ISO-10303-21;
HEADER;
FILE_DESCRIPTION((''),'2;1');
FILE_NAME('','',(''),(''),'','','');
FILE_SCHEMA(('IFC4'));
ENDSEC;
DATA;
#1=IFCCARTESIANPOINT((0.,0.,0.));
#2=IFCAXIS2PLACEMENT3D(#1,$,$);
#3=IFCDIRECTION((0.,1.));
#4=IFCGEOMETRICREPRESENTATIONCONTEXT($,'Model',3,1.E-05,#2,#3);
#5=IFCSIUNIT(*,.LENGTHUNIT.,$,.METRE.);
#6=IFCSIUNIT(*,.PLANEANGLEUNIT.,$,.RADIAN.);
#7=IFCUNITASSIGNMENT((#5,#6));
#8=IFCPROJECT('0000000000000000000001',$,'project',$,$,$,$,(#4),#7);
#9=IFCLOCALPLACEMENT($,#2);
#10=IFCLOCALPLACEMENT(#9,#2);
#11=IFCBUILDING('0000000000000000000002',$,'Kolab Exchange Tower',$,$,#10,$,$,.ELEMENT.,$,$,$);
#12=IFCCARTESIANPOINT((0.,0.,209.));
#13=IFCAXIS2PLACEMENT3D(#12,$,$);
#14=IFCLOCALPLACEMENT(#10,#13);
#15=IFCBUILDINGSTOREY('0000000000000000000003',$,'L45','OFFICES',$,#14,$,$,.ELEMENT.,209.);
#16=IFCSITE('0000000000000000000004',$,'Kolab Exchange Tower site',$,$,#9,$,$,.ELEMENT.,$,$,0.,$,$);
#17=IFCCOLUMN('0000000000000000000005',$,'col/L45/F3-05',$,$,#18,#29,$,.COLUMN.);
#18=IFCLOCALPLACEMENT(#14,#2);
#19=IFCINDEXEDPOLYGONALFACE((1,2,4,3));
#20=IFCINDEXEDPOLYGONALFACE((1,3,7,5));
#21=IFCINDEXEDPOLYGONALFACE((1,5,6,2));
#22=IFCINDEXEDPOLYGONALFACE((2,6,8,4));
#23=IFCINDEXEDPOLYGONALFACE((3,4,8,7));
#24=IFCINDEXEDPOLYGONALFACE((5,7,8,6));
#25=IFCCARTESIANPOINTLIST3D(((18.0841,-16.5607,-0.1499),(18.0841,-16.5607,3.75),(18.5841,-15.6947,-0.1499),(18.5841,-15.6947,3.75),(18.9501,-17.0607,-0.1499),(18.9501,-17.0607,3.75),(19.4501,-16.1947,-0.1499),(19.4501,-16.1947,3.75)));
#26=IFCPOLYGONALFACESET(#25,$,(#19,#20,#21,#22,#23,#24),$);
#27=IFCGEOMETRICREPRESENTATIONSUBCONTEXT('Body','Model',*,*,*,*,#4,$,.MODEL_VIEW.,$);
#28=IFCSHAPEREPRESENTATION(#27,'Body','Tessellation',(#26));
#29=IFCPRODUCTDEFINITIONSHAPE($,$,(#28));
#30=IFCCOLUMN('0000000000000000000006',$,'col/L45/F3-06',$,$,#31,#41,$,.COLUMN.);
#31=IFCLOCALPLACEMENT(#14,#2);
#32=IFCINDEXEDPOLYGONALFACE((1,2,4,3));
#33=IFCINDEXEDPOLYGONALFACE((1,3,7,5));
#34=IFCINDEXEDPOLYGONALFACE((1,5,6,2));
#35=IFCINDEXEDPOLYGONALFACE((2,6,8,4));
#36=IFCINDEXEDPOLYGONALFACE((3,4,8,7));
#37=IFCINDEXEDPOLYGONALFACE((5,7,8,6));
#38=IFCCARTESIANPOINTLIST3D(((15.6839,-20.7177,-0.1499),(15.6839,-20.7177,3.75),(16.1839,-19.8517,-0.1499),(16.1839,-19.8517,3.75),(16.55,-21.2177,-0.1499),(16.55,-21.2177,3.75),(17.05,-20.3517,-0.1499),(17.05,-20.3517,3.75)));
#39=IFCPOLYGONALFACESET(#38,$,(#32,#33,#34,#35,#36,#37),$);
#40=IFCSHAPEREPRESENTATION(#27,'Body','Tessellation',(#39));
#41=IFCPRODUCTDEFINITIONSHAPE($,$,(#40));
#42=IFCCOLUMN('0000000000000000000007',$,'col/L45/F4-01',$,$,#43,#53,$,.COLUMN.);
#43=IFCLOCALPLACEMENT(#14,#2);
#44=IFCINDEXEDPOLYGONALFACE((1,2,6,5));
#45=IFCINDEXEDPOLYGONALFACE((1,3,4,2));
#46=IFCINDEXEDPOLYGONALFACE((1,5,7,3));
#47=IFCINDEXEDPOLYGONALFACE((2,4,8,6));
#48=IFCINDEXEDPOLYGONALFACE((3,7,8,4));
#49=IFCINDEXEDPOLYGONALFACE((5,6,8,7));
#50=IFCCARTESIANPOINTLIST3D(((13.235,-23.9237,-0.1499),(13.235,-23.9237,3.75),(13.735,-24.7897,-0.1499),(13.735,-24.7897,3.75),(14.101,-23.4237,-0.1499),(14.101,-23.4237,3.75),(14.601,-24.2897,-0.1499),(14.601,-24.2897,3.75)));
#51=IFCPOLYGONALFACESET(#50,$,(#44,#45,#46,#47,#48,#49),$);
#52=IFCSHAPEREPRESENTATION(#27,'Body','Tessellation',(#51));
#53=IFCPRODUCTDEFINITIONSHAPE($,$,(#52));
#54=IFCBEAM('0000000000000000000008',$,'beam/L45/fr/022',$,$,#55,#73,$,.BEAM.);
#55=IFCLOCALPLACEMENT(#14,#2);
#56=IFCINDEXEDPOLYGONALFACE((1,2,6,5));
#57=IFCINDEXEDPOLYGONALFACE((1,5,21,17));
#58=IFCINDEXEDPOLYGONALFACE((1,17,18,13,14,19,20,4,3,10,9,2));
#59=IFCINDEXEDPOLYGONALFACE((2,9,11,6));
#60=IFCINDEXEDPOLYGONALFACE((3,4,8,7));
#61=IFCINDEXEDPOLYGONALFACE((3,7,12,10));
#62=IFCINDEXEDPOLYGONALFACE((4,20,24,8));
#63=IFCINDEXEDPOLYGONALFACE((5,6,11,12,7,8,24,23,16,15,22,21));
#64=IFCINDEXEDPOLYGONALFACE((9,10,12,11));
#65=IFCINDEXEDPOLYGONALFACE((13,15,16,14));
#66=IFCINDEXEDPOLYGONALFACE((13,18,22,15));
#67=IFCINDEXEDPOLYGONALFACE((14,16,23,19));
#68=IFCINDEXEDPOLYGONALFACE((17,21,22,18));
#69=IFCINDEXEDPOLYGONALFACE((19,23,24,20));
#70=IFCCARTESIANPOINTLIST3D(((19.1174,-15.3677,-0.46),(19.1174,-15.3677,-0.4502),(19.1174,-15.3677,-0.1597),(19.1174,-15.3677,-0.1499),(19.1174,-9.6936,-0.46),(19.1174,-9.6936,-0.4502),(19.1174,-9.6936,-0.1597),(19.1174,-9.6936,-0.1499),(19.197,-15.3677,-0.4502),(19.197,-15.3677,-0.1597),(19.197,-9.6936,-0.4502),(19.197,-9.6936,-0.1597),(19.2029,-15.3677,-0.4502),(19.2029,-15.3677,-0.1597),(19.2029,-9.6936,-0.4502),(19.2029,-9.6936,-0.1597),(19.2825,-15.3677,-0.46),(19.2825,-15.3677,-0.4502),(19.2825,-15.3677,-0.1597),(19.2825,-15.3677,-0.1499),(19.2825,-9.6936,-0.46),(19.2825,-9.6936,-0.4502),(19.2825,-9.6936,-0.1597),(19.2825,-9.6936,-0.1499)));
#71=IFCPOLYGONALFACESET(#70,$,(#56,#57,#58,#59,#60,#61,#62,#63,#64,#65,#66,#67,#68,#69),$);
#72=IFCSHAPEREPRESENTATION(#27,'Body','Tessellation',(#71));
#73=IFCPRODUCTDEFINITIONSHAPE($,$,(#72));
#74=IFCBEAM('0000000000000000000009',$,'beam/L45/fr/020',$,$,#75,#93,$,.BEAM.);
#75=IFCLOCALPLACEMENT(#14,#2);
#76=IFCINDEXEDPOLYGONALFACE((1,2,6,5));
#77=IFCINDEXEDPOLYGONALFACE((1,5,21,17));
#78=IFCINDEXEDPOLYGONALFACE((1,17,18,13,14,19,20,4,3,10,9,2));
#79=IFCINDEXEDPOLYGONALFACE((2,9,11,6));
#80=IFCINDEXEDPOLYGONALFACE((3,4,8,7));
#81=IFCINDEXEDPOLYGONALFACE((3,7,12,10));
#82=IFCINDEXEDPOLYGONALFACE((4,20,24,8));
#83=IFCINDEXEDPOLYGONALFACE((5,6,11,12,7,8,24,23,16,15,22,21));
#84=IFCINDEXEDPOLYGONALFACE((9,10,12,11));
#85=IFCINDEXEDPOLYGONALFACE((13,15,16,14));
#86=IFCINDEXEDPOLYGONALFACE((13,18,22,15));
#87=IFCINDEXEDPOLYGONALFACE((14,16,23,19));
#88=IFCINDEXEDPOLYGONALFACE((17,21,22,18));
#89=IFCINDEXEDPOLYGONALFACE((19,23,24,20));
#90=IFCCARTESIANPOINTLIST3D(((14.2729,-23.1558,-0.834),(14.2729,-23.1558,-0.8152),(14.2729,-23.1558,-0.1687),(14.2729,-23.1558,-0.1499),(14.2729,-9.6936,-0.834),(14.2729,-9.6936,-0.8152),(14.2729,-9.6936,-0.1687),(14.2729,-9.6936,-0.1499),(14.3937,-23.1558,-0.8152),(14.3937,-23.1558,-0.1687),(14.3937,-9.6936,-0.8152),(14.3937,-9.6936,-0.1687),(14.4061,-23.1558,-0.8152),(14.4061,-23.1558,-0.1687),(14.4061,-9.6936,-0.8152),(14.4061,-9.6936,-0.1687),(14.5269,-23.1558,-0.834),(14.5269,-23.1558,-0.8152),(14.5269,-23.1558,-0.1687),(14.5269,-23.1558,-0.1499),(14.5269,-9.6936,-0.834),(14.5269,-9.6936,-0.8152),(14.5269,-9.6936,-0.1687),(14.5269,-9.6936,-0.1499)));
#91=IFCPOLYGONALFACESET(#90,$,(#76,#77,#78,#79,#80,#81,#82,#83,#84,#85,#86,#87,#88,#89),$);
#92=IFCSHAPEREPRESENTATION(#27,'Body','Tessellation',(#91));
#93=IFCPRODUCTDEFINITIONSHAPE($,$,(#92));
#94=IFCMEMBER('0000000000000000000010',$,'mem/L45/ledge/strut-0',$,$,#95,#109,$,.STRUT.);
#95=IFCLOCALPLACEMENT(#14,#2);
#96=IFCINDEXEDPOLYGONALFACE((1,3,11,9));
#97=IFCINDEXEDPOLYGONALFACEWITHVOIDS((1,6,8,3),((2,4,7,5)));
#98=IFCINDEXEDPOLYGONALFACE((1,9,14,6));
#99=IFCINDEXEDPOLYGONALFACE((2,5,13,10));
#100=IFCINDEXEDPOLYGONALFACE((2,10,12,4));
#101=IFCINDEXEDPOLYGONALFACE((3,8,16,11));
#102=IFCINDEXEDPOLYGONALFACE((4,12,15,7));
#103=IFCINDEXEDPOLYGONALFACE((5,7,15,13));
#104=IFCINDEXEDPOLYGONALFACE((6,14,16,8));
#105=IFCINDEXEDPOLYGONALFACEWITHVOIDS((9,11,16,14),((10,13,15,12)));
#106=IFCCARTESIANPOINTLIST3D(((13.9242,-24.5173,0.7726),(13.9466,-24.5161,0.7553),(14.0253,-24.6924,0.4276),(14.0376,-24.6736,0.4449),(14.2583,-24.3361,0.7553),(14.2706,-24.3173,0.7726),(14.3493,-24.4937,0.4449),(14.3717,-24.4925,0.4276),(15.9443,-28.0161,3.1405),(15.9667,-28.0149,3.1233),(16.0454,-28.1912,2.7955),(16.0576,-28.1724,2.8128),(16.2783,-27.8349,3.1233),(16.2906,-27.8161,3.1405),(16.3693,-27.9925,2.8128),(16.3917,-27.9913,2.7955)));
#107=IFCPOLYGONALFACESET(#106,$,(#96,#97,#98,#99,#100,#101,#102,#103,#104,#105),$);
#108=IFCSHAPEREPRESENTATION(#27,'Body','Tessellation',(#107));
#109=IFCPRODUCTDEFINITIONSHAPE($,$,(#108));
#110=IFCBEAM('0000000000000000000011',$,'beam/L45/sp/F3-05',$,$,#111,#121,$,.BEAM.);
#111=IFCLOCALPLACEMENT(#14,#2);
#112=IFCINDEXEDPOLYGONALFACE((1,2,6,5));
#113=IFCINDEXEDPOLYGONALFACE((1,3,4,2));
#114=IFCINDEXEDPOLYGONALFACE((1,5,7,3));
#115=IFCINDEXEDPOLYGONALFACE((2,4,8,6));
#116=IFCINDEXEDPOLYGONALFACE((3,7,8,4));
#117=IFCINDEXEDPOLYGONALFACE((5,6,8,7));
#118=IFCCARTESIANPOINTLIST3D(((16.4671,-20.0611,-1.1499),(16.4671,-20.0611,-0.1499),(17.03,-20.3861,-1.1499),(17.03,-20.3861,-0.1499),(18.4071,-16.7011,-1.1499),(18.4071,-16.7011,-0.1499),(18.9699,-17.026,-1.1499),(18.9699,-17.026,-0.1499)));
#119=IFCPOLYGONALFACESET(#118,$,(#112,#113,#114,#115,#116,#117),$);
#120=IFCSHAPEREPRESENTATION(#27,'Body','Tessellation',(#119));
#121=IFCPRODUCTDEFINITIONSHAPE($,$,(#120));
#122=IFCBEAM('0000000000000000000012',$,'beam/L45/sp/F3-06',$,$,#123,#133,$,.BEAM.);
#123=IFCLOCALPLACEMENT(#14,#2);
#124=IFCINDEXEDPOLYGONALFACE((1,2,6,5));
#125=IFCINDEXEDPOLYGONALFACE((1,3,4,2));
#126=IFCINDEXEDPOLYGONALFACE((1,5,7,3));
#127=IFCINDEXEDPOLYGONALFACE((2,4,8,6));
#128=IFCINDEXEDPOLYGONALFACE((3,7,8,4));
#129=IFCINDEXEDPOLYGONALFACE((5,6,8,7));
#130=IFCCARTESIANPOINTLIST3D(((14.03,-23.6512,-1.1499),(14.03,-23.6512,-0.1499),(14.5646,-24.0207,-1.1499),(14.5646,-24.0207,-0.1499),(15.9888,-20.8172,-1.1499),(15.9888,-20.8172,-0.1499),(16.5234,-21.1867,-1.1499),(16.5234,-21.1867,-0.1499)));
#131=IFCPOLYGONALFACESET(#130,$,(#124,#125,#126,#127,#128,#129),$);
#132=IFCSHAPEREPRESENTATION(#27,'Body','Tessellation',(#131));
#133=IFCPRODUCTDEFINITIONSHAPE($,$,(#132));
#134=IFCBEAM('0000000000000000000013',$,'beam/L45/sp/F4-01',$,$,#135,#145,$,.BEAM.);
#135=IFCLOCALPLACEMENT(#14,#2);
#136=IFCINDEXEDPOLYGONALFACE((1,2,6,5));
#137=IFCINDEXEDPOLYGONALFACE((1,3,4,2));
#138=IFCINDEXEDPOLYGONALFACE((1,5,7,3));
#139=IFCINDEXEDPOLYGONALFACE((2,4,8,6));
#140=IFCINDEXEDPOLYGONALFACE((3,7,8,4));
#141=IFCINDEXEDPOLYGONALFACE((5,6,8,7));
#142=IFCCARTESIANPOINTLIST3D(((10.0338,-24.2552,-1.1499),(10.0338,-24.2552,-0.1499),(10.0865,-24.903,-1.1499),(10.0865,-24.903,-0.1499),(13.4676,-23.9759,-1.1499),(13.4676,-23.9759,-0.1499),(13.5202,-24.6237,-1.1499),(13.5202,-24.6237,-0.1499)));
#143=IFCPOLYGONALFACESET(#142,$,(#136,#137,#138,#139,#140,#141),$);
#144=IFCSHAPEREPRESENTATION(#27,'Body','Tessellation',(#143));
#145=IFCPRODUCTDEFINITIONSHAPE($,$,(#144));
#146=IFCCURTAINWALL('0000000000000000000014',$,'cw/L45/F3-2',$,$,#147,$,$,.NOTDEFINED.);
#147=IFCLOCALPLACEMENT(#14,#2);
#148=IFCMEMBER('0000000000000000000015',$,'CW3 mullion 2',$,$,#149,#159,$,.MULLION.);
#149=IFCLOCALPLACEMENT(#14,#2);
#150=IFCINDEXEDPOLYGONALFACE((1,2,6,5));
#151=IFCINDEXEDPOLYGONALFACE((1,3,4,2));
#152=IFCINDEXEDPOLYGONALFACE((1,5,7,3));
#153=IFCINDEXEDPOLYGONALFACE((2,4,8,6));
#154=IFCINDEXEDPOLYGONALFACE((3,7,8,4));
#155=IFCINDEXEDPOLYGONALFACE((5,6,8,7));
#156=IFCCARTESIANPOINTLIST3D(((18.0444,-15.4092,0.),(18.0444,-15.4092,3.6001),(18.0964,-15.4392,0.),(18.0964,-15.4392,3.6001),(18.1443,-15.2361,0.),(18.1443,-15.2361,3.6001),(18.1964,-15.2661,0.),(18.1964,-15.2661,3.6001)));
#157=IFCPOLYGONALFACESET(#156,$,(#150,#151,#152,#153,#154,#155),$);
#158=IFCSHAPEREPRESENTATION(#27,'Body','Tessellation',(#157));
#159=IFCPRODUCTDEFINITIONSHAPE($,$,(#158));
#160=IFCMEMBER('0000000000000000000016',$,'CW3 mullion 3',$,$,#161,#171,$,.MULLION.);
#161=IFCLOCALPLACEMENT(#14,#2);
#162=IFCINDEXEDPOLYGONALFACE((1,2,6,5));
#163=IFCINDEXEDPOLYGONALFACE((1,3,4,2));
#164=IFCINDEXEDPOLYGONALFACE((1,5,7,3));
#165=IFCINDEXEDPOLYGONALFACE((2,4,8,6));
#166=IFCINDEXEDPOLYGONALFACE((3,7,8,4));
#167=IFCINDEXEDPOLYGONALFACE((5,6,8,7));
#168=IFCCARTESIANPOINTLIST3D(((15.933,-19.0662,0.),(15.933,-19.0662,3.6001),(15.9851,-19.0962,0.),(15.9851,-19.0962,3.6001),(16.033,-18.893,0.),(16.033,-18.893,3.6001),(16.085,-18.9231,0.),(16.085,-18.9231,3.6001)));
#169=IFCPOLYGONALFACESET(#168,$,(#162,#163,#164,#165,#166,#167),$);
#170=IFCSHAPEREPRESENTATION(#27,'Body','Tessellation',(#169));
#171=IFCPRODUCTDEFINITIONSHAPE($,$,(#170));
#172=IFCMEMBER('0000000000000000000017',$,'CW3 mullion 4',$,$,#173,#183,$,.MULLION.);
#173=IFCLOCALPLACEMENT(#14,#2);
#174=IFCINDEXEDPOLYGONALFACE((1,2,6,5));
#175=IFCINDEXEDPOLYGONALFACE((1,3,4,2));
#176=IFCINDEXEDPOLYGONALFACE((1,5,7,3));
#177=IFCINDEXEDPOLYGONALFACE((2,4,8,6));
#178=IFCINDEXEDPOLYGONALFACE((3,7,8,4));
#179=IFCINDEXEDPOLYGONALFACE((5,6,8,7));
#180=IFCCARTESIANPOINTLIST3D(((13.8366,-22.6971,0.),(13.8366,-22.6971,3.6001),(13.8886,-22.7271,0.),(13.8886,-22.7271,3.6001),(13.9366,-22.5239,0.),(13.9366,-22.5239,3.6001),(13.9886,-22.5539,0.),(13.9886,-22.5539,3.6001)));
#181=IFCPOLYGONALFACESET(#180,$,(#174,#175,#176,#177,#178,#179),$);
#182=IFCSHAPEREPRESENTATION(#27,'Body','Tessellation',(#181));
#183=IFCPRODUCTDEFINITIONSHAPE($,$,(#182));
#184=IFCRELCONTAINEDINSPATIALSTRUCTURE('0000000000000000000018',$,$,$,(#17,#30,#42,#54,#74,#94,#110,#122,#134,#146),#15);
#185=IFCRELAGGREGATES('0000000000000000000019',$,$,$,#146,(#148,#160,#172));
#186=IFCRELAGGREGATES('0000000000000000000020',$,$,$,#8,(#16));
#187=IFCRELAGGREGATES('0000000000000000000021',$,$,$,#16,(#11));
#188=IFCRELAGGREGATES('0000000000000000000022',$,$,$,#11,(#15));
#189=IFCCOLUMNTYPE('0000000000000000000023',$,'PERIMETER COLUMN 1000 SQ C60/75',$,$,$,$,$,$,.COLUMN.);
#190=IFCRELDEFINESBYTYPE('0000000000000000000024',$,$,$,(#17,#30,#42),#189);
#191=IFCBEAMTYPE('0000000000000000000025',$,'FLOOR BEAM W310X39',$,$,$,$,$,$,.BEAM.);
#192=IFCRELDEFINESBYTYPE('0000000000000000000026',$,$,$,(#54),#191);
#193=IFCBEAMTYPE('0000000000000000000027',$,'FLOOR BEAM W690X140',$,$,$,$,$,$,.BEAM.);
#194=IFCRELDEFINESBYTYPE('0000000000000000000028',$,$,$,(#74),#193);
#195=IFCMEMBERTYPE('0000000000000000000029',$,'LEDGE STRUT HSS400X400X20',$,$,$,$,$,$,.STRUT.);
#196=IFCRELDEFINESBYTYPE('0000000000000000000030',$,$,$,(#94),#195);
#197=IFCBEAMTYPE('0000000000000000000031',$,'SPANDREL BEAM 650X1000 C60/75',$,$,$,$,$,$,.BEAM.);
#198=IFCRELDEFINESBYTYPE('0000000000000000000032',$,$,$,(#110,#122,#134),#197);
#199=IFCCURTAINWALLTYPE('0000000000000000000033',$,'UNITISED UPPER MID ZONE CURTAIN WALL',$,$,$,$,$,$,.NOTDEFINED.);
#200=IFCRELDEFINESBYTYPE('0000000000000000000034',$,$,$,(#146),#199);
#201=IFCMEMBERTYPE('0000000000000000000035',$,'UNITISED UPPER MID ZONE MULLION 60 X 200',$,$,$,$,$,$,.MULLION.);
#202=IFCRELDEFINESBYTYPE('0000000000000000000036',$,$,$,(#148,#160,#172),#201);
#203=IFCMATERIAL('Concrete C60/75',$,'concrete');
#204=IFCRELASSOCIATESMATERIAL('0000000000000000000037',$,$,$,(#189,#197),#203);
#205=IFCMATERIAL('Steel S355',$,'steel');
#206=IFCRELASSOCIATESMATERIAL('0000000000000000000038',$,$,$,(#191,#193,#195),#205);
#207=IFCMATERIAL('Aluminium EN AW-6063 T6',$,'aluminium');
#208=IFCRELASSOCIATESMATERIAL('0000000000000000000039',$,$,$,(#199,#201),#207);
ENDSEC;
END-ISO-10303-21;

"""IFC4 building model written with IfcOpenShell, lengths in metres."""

from ifc_helpers import new_model, si_unit, direction, frame, origin, origin_2d, place, context, subcontext, project, spatial, rectangle, hollow_rectangle, i_section, extrude, material, material_profile, profile_set, type_object, element, aggregate, save


model = new_model("IFC4")

# Units and contexts
model_context = context("Model", 3, precision=1e-05, world=origin(), true_north=direction((0.0, 1.0)))
body_context = subcontext(model_context, "Body", "Model", "MODEL_VIEW")
ifc_project = project(units=[si_unit("LENGTHUNIT", "METRE"), si_unit("PLANEANGLEUNIT", "RADIAN")], contexts=[model_context])

# Site, building, storey
site_placement = place(None, origin())
site = spatial("IfcSite", under=ifc_project, at=site_placement, Name="Kolab Exchange Tower site", CompositionType="ELEMENT", RefElevation=0.0)
building_placement = place(site_placement, origin())
building = spatial("IfcBuilding", under=site, at=building_placement, Name="Kolab Exchange Tower", CompositionType="ELEMENT")
storey_placement = place(building_placement, frame((0.0, 0.0, 209.0)))
storey = spatial("IfcBuildingStorey", under=building, at=storey_placement, Name="L45", Description="OFFICES", CompositionType="ELEMENT", Elevation=209.0)

# Columns
ifc_material_1 = material(Name="Concrete C60/75", Category="concrete")
ifc_material_profile_1 = material_profile(ifc_material_1, rectangle(XDim=1.0, YDim=1.0, at=origin_2d()), Name="RC1000")
ifc_profile_set_1 = profile_set([ifc_material_profile_1], Name="Concrete C60/75")
column_type = type_object("IfcColumnType", Name="PERIMETER COLUMN 1000 SQ C60/75", PredefinedType="COLUMN", material=ifc_profile_set_1)
for number, where, z_axis, x_axis, name in (
    (1, (18.7671, -16.3777, -0.1499), (0.0, 0.0, 1.0), (0.5, 0.866025, 0.0), "col/L45/F3-05"),
    (2, (16.3669, -20.5347, -0.1499), (0.0, 0.0, 1.0), (0.5, 0.866025, 0.0), "col/L45/F3-06"),
    (3, (13.918, -24.1067, -0.1499), (0.0, 0.0, 1.0), (0.866025, 0.5, 0.0), "col/L45/F4-01"),
):
    element("IfcColumn", number, at=place(storey_placement, frame(where, z_axis=z_axis, x_axis=x_axis)), inside=storey, type_object=column_type, Name=name, PredefinedType="COLUMN", context=body_context, shape_type="SweptSolid", body=[
        extrude(rectangle(XDim=1.0, YDim=1.0, at=origin_2d()), origin(), (0.0, 0.0, 1.0), 3.8999),
    ])

# Beams
ifc_material_2 = material(Name="Steel S355", Category="steel")
ifc_material_profile_2 = material_profile(ifc_material_2, i_section(OverallWidth=0.165, OverallDepth=0.3101, WebThickness=0.0059, FlangeThickness=0.0098, at=origin_2d()), Name="W310X39")
ifc_profile_set_2 = profile_set([ifc_material_profile_2], Name="Steel S355")
beam_type_1 = type_object("IfcBeamType", Name="FLOOR BEAM W310X39", PredefinedType="BEAM", material=ifc_profile_set_2)
beam_1_placement = place(storey_placement, frame((19.2, -15.3677, -0.3049), z_axis=(0.0, 1.0, 0.0), x_axis=(-1.0, 0.0, 0.0)))
element("IfcBeam", 4, at=beam_1_placement, inside=storey, type_object=beam_type_1, Name="beam/L45/fr/022", PredefinedType="BEAM", context=body_context, shape_type="SweptSolid", body=[
    extrude(i_section(OverallWidth=0.165, OverallDepth=0.3101, WebThickness=0.0059, FlangeThickness=0.0098, at=origin_2d()), origin(), (0.0, 0.0, 1.0), 5.6741),
])
ifc_material_profile_3 = material_profile(ifc_material_2, i_section(OverallWidth=0.2539, OverallDepth=0.6841, WebThickness=0.0125, FlangeThickness=0.0188, at=origin_2d()), Name="W690X140")
ifc_profile_set_3 = profile_set([ifc_material_profile_3], Name="Steel S355")
beam_type_2 = type_object("IfcBeamType", Name="FLOOR BEAM W690X140", PredefinedType="BEAM", material=ifc_profile_set_3)
beam_2_placement = place(storey_placement, frame((14.3999, -23.1558, -0.4919), z_axis=(0.0, 1.0, 0.0), x_axis=(-1.0, 0.0, 0.0)))
element("IfcBeam", 5, at=beam_2_placement, inside=storey, type_object=beam_type_2, Name="beam/L45/fr/020", PredefinedType="BEAM", context=body_context, shape_type="SweptSolid", body=[
    extrude(i_section(OverallWidth=0.2539, OverallDepth=0.6841, WebThickness=0.0125, FlangeThickness=0.0188, at=origin_2d()), origin(), (0.0, 0.0, 1.0), 13.4622),
])

# Member
ifc_material_profile_4 = material_profile(ifc_material_2, hollow_rectangle(XDim=0.3999, YDim=0.3999, WallThickness=0.02, at=origin_2d()), Name="HSS400X400X20")
ifc_profile_set_4 = profile_set([ifc_material_profile_4], Name="Steel S355")
member_type_1 = type_object("IfcMemberType", Name="LEDGE STRUT HSS400X400X20", PredefinedType="STRUT", material=ifc_profile_set_4)
member_1_placement = place(storey_placement, frame((14.1479, -24.5049, 0.6001), z_axis=(0.431366, -0.747149, 0.505659), x_axis=(0.866026, 0.5, 0.0)))
element("IfcMember", 6, at=member_1_placement, inside=storey, type_object=member_type_1, Name="mem/L45/ledge/strut-0", PredefinedType="STRUT", context=body_context, shape_type="SweptSolid", body=[
    extrude(hollow_rectangle(XDim=0.3999, YDim=0.3999, WallThickness=0.02, at=origin_2d()), origin(), (0.0, 0.0, 1.0), 4.6829),
])

# Beams
ifc_material_profile_5 = material_profile(ifc_material_1, rectangle(XDim=0.6499, YDim=1.0, at=origin_2d()), Name="RC650X1000")
ifc_profile_set_5 = profile_set([ifc_material_profile_5], Name="Concrete C60/75")
beam_type_3 = type_object("IfcBeamType", Name="SPANDREL BEAM 650X1000 C60/75", PredefinedType="BEAM", material=ifc_profile_set_5)
beam_3_placement = place(storey_placement, frame((18.6885, -16.8635, -0.6499), z_axis=(-0.499997, -0.866027, 0.0), x_axis=(0.866027, -0.499997, 0.0)))
element("IfcBeam", 7, at=beam_3_placement, inside=storey, type_object=beam_type_3, Name="beam/L45/sp/F3-05", PredefinedType="BEAM", context=body_context, shape_type="SweptSolid", body=[
    extrude(rectangle(XDim=0.6499, YDim=1.0, at=origin_2d()), origin(), (0.0, 0.0, 1.0), 3.8799),
])
for number, where, z_axis, x_axis, name in (
    (8, (16.2561, -21.002, -0.6499), (-0.568572, -0.822633, 0.0), (0.822633, -0.568572, 0.0), "beam/L45/sp/F3-06"),
    (9, (13.4939, -24.2998, -0.6499), (-0.996708, -0.081069, 0.0), (0.081069, -0.996708, 0.0), "beam/L45/sp/F4-01"),
):
    element("IfcBeam", number, at=place(storey_placement, frame(where, z_axis=z_axis, x_axis=x_axis)), inside=storey, type_object=beam_type_3, Name=name, PredefinedType="BEAM", context=body_context, shape_type="SweptSolid", body=[
        extrude(rectangle(XDim=0.6499, YDim=1.0, at=origin_2d()), origin(), (0.0, 0.0, 1.0), 3.4451),
    ])

# Curtain wall, members
ifc_material_3 = material(Name="Aluminium EN AW-6063 T6", Category="aluminium")
curtain_wall_type = type_object("IfcCurtainWallType", Name="UNITISED UPPER MID ZONE CURTAIN WALL", PredefinedType="NOTDEFINED", material=ifc_material_3)
curtain_wall_1_placement = place(storey_placement, origin())
curtain_wall_1 = element("IfcCurtainWall", 10, at=curtain_wall_1_placement, inside=storey, type_object=curtain_wall_type, Name="cw/L45/F3-2", PredefinedType="NOTDEFINED")
ifc_material_profile_6 = material_profile(ifc_material_3, rectangle(XDim=0.0601, YDim=0.2, at=origin_2d()), Name="RECT 60X200")
ifc_profile_set_6 = profile_set([ifc_material_profile_6], Name="Aluminium EN AW-6063 T6")
member_type_2 = type_object("IfcMemberType", Name="UNITISED UPPER MID ZONE MULLION 60 X 200", PredefinedType="MULLION", material=ifc_profile_set_6)
member_2_placement = place(storey_placement, frame((18.1204, -15.3376, 0.0), z_axis=(0.0, 0.0, 1.0), x_axis=(0.866025, -0.5, 0.0)))
member_2 = element("IfcMember", 11, at=member_2_placement, type_object=member_type_2, Name="CW3 mullion 2", PredefinedType="MULLION", context=body_context, shape_type="SweptSolid", body=[
    extrude(rectangle(XDim=0.0601, YDim=0.2, at=origin_2d()), origin(), (0.0, 0.0, 1.0), 3.6001),
])
member_3_placement = place(storey_placement, frame((16.009, -18.9946, 0.0), z_axis=(0.0, 0.0, 1.0), x_axis=(0.866025, -0.5, 0.0)))
member_3 = element("IfcMember", 12, at=member_3_placement, type_object=member_type_2, Name="CW3 mullion 3", PredefinedType="MULLION", context=body_context, shape_type="SweptSolid", body=[
    extrude(rectangle(XDim=0.0601, YDim=0.2, at=origin_2d()), origin(), (0.0, 0.0, 1.0), 3.6001),
])
member_4_placement = place(storey_placement, frame((13.9126, -22.6255, 0.0), z_axis=(0.0, 0.0, 1.0), x_axis=(0.866025, -0.5, 0.0)))
member_4 = element("IfcMember", 13, at=member_4_placement, type_object=member_type_2, Name="CW3 mullion 4", PredefinedType="MULLION", context=body_context, shape_type="SweptSolid", body=[
    extrude(rectangle(XDim=0.0601, YDim=0.2, at=origin_2d()), origin(), (0.0, 0.0, 1.0), 3.6001),
])

aggregate(curtain_wall_1, [member_2, member_3, member_4])

save(model, "model.ifc")
